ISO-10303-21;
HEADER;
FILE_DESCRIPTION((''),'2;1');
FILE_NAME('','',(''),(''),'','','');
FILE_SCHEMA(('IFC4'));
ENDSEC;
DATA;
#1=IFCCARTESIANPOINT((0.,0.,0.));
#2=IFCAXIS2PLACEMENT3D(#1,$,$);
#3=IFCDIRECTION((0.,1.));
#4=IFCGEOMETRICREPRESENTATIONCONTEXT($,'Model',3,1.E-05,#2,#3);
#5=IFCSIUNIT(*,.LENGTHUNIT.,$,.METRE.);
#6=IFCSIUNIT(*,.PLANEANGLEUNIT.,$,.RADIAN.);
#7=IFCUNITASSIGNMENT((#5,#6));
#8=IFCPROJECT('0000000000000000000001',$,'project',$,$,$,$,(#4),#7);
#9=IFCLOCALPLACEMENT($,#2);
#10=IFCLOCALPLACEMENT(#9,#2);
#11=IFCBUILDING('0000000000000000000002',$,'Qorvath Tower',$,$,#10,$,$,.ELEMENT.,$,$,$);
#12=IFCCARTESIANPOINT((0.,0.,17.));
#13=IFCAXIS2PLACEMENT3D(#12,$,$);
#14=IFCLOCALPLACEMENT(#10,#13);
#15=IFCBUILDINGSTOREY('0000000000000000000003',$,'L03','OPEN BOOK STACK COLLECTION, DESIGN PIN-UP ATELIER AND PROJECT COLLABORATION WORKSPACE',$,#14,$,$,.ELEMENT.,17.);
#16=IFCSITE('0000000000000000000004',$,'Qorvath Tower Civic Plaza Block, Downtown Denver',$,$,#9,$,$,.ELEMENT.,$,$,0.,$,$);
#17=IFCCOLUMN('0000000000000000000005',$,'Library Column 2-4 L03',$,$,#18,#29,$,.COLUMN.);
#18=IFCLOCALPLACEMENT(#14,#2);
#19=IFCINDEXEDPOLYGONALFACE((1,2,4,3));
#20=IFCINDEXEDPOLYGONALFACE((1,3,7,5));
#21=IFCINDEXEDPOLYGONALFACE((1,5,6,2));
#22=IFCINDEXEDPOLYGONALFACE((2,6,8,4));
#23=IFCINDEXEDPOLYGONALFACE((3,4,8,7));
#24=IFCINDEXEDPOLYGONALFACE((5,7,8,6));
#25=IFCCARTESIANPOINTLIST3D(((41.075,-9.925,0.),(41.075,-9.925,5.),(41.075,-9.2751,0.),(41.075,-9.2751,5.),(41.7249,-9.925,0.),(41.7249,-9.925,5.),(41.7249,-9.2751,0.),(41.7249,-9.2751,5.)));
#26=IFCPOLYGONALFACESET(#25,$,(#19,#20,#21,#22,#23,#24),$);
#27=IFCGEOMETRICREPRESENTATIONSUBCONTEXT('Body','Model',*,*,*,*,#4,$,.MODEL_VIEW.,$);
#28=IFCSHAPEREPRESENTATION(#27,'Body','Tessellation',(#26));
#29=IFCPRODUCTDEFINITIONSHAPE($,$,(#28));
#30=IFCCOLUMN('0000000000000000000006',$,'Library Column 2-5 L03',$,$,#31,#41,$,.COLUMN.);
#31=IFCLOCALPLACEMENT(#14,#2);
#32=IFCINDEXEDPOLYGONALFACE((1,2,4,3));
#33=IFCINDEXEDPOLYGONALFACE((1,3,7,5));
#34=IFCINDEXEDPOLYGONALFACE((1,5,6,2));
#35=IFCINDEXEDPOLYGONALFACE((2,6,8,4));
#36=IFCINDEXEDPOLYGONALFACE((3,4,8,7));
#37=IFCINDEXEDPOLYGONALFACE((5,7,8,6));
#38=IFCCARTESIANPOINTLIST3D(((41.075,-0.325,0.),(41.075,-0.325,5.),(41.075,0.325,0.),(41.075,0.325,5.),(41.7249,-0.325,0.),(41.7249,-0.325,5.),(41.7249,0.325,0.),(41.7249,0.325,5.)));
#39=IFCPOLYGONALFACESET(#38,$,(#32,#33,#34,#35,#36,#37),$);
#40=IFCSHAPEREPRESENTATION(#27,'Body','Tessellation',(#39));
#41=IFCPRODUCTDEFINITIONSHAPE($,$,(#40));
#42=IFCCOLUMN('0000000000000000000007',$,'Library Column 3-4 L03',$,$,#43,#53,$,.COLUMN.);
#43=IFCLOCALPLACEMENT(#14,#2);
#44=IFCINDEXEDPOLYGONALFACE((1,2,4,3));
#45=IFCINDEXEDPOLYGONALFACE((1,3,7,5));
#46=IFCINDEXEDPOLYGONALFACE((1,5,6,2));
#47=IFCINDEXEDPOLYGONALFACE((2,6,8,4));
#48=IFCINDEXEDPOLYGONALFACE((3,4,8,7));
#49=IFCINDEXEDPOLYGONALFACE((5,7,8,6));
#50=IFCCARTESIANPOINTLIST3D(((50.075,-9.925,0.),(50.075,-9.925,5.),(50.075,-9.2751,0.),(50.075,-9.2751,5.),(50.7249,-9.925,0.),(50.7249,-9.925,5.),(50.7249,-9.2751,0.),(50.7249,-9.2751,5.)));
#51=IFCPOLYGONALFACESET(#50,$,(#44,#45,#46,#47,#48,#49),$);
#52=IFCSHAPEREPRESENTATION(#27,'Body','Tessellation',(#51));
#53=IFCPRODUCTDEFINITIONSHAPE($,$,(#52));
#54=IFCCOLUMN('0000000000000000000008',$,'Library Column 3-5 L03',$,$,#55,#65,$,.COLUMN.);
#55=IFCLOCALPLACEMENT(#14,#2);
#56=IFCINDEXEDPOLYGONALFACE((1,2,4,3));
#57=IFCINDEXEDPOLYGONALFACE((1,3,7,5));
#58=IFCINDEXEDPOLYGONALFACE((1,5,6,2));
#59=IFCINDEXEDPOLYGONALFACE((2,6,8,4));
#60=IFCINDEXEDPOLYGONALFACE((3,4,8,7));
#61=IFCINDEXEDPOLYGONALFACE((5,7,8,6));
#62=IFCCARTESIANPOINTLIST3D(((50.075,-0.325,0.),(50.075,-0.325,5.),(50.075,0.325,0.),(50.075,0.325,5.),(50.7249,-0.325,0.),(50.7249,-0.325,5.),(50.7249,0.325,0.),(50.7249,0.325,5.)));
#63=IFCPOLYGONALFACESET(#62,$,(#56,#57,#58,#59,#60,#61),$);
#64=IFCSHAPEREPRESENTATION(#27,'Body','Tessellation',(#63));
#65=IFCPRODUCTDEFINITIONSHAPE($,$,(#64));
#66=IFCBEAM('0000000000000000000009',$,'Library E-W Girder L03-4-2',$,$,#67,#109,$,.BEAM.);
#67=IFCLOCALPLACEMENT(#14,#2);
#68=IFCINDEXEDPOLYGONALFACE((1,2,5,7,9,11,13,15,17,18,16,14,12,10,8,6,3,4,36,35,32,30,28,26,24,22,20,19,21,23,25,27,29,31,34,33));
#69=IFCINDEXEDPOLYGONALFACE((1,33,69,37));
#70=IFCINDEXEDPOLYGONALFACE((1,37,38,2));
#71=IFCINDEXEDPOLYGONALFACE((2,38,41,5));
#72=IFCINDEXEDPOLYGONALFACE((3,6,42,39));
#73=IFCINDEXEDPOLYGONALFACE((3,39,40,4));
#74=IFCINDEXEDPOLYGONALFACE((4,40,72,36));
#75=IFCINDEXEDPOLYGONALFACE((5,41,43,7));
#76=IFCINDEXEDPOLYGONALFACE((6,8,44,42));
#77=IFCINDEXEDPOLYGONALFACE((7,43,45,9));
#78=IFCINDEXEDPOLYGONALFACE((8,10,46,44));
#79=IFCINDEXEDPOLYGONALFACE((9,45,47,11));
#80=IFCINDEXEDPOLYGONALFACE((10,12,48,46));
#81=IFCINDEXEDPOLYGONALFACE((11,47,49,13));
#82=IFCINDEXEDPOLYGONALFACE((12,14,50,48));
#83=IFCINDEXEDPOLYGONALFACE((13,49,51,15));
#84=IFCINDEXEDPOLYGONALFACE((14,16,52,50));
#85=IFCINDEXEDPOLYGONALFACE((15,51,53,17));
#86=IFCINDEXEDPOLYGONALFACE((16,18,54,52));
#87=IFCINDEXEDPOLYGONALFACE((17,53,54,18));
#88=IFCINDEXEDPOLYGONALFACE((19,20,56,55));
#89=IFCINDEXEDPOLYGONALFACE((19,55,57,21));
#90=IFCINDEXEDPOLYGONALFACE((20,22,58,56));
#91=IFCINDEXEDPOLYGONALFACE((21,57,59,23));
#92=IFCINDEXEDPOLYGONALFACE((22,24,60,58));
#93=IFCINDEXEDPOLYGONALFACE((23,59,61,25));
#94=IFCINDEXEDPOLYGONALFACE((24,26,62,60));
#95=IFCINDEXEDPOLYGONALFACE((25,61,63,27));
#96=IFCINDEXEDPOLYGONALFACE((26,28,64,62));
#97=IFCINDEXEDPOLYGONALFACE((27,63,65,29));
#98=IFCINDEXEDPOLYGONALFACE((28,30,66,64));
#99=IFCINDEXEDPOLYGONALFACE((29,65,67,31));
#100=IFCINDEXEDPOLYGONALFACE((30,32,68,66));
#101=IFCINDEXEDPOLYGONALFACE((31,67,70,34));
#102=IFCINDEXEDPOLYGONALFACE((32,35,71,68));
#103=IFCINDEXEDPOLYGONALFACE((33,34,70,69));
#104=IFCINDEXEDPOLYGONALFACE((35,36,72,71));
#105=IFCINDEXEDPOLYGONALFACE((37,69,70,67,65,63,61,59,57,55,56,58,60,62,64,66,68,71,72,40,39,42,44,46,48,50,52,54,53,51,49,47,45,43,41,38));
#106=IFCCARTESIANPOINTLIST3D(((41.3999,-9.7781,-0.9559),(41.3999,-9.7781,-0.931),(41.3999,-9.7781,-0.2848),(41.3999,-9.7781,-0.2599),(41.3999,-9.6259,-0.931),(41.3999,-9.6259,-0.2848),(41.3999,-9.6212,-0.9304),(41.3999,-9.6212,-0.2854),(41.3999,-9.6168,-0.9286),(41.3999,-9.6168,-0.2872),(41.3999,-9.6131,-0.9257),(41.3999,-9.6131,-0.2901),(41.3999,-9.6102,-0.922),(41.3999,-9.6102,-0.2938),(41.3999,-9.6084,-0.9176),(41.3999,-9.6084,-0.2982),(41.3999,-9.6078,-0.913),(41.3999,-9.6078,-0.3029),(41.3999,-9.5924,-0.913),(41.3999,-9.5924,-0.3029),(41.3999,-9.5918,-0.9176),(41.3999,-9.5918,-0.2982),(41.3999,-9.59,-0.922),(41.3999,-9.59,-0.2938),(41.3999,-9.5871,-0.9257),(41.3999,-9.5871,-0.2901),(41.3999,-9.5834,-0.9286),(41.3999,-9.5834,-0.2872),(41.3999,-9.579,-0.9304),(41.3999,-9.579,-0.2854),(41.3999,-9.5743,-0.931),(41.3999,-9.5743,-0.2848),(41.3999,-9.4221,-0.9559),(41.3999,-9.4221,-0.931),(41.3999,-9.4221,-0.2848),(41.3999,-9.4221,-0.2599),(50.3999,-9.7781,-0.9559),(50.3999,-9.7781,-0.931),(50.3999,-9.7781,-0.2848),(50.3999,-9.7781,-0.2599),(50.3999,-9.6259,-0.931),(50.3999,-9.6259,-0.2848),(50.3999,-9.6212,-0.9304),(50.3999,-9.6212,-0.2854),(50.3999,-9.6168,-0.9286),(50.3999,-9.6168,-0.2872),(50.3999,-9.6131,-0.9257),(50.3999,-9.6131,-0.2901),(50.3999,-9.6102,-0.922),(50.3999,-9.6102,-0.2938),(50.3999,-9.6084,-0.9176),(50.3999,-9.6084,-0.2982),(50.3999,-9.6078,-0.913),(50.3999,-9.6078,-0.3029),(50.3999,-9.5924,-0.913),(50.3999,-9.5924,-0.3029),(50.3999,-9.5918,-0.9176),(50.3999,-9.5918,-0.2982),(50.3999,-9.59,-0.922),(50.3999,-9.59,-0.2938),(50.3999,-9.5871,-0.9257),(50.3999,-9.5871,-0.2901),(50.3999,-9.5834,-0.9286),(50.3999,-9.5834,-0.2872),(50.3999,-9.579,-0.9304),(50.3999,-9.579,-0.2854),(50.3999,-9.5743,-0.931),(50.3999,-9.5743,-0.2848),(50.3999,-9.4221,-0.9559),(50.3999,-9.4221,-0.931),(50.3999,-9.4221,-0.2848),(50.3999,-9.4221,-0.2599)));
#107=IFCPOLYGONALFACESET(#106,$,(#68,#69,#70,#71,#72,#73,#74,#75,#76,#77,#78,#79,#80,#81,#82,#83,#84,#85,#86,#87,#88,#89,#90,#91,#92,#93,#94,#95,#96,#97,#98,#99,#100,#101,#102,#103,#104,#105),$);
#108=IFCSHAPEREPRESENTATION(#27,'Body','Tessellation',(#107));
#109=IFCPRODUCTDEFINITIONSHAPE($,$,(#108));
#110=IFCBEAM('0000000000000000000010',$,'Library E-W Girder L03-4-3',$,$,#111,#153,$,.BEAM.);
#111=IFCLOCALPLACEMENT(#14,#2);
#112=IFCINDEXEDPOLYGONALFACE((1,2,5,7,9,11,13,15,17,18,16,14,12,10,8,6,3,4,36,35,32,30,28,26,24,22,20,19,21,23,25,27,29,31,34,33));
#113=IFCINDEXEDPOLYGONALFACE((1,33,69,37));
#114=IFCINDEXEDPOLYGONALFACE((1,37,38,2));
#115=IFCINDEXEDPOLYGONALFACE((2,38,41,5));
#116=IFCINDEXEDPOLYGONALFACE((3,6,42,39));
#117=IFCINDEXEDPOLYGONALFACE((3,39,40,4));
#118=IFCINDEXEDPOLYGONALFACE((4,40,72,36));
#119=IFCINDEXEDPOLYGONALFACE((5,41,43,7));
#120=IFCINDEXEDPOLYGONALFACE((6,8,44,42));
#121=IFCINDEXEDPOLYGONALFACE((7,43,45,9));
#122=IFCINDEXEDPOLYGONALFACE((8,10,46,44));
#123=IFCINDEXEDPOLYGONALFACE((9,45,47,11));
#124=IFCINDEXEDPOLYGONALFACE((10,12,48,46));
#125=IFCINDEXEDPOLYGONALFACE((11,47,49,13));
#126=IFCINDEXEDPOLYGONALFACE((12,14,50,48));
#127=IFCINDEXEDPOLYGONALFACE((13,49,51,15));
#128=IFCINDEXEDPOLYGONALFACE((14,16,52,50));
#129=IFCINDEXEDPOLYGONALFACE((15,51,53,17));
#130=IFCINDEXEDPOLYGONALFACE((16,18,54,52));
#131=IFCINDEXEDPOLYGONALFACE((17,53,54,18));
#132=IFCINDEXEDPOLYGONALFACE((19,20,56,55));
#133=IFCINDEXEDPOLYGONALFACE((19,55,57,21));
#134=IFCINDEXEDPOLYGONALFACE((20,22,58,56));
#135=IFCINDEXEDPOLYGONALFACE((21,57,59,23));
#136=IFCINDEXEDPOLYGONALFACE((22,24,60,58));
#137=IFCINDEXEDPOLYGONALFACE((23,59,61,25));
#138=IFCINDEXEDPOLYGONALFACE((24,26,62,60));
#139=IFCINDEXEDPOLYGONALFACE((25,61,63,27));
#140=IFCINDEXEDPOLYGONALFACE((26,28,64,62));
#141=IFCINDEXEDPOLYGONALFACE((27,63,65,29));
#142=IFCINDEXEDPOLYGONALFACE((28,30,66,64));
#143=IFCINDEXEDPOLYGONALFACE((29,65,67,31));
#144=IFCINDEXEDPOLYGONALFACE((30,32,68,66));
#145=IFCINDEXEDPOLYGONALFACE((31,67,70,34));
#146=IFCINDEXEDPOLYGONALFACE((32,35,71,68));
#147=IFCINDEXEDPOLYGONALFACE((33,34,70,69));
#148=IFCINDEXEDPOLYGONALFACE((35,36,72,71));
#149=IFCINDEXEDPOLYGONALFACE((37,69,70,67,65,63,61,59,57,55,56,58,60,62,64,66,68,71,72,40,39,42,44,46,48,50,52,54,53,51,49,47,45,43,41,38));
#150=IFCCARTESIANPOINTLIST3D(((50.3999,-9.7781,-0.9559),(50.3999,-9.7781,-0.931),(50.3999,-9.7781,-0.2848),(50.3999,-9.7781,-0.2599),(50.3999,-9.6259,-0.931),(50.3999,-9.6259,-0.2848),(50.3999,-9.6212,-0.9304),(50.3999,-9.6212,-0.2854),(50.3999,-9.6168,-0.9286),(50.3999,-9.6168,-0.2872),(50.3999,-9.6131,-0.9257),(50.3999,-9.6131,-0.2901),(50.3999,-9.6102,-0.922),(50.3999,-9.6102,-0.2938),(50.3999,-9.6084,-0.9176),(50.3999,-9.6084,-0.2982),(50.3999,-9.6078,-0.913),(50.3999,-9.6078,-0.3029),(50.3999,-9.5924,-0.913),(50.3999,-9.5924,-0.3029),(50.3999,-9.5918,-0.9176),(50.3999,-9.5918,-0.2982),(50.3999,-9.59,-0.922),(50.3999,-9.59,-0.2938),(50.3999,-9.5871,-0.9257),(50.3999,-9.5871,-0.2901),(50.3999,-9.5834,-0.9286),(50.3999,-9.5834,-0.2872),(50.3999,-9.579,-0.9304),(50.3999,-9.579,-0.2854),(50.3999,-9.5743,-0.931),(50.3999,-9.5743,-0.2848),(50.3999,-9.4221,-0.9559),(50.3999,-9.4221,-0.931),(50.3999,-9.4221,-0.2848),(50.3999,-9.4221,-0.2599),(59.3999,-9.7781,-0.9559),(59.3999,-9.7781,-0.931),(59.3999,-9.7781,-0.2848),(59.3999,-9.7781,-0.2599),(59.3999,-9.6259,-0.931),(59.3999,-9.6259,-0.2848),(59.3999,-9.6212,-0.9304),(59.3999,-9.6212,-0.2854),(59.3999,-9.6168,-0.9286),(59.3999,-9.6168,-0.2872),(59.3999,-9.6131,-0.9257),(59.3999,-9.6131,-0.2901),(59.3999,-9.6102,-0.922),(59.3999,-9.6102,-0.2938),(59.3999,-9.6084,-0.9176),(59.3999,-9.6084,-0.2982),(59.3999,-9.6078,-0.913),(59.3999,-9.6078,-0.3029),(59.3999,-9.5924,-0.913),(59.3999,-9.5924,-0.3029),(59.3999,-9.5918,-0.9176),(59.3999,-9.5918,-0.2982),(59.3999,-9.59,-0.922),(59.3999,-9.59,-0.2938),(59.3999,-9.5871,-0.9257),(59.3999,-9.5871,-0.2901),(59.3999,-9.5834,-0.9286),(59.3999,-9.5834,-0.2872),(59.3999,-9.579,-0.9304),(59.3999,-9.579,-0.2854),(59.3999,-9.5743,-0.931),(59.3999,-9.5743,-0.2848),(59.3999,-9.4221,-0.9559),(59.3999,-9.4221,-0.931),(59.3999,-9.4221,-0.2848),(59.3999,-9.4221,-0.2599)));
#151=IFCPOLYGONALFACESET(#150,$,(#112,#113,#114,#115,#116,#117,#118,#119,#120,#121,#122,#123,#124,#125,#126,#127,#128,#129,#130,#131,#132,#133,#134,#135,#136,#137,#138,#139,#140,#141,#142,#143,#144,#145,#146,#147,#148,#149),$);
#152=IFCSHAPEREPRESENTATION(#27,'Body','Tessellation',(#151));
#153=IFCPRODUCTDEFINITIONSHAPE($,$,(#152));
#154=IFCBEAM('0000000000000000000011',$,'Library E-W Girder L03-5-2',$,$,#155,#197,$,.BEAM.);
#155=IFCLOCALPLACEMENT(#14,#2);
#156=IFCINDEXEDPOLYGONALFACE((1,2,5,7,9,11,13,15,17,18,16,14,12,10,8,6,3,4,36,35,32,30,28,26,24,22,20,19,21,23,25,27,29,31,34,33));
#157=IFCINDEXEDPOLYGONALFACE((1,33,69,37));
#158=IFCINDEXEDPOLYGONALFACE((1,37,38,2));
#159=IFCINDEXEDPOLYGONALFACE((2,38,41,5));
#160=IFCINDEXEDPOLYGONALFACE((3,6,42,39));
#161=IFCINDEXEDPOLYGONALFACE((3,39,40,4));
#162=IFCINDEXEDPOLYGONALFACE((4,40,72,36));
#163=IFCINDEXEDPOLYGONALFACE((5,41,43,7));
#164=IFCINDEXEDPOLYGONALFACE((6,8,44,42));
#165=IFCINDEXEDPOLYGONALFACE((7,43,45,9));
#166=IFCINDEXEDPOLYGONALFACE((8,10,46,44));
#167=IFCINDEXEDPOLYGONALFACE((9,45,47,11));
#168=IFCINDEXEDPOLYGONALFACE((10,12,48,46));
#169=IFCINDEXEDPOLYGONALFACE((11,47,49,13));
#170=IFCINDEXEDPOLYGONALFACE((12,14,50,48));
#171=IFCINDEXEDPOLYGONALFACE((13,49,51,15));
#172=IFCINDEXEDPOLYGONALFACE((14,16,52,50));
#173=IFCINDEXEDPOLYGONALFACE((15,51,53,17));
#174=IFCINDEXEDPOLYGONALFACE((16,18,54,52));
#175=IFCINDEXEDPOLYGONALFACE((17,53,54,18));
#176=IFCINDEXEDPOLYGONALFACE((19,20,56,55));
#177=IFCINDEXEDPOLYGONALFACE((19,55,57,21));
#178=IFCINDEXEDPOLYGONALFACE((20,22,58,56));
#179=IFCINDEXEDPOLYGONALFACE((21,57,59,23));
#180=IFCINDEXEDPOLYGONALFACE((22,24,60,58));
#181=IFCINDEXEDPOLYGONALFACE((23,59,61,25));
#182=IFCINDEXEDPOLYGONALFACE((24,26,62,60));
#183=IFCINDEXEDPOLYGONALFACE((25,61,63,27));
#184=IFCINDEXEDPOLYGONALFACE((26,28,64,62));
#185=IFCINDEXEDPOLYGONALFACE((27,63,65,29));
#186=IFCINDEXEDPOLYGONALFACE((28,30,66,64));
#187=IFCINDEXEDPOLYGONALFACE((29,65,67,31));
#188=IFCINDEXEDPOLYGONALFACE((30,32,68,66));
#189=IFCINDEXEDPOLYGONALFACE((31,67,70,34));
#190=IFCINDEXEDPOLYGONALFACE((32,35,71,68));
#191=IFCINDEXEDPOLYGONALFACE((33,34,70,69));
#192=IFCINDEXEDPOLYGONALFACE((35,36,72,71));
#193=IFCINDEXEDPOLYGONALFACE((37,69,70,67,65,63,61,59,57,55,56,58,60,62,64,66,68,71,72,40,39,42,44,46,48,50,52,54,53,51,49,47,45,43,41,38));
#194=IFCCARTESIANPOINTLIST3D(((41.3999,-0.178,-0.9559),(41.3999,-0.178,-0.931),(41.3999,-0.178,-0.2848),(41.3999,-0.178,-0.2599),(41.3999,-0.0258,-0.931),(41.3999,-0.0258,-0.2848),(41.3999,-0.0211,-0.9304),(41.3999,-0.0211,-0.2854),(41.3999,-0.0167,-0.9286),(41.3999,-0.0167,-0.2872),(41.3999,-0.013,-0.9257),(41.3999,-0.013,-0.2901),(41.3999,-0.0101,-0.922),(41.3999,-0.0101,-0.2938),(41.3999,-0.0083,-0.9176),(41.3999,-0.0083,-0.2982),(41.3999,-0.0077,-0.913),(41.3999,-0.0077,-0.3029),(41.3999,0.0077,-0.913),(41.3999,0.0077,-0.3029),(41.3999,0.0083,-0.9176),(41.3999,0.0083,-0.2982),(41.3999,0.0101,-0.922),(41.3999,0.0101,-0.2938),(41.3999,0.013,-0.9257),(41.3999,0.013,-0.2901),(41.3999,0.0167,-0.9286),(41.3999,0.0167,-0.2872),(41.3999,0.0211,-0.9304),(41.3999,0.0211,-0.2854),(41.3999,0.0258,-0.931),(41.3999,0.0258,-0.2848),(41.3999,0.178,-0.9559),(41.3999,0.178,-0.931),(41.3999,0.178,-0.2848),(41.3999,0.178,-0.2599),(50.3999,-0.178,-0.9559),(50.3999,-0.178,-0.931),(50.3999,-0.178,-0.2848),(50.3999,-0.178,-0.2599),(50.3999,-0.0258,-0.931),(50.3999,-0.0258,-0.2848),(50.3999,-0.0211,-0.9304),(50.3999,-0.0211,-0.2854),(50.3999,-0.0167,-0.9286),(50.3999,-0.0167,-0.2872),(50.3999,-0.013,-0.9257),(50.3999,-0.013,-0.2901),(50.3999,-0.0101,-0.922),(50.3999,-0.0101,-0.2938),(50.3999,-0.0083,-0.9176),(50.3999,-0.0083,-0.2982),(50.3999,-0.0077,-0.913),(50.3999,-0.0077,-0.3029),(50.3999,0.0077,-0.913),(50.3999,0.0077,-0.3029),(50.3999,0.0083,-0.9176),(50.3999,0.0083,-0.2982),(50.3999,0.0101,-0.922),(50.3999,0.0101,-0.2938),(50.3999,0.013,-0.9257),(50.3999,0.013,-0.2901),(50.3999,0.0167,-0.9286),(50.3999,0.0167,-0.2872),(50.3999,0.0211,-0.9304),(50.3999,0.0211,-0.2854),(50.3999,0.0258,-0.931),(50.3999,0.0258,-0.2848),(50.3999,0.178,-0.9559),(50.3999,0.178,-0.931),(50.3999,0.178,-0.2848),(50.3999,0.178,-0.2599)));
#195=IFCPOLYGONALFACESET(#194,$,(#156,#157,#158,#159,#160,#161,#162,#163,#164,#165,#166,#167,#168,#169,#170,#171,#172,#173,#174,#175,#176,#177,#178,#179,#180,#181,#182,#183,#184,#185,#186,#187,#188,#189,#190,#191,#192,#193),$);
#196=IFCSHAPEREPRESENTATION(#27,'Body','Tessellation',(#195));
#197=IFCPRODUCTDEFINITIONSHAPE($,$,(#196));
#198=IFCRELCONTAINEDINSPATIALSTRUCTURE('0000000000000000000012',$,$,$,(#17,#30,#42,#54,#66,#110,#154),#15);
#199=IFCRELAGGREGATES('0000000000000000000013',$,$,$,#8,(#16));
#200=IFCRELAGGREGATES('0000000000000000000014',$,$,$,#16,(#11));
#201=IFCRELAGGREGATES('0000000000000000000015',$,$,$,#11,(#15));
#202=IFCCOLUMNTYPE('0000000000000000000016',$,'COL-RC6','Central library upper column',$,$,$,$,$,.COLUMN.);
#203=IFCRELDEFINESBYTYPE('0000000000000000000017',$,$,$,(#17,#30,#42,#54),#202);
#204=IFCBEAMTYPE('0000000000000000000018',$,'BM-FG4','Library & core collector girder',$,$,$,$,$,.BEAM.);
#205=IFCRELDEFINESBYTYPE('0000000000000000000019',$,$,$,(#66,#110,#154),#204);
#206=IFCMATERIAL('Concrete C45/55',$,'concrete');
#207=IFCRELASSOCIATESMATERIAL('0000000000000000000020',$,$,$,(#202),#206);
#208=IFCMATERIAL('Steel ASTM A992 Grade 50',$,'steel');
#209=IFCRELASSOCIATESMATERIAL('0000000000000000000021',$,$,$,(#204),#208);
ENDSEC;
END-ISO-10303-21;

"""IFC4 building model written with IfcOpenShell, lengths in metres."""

from ifc_helpers import new_model, si_unit, direction, frame, origin, origin_2d, place, context, subcontext, project, spatial, rectangle, i_section, extrude, material, material_profile, profile_set, type_object, element, save


model = new_model("IFC4")

# Units and contexts
model_context = context("Model", 3, precision=1e-05, world=origin(), true_north=direction((0.0, 1.0)))
body_context = subcontext(model_context, "Body", "Model", "MODEL_VIEW")
ifc_project = project(units=[si_unit("LENGTHUNIT", "METRE"), si_unit("PLANEANGLEUNIT", "RADIAN")], contexts=[model_context])

# Site, building, storey
site_placement = place(None, origin())
site = spatial("IfcSite", under=ifc_project, at=site_placement, Name="Qorvath Tower Civic Plaza Block, Downtown Denver", CompositionType="ELEMENT", RefElevation=0.0)
building_placement = place(site_placement, origin())
building = spatial("IfcBuilding", under=site, at=building_placement, Name="Qorvath Tower", CompositionType="ELEMENT")
storey_placement = place(building_placement, frame((0.0, 0.0, 17.0)))
storey = spatial("IfcBuildingStorey", under=building, at=storey_placement, Name="L03", Description="OPEN BOOK STACK COLLECTION, DESIGN PIN-UP ATELIER AND PROJECT COLLABORATION WORKSPACE", CompositionType="ELEMENT", Elevation=17.0)

# Columns
ifc_material_1 = material(Name="Concrete C45/55", Category="concrete")
ifc_material_profile_1 = material_profile(ifc_material_1, rectangle(XDim=0.6499, YDim=0.6499, at=origin_2d()), Name="RC 650x650")
ifc_profile_set_1 = profile_set([ifc_material_profile_1], Name="Concrete C45/55")
column_type = type_object("IfcColumnType", Name="COL-RC6", Description="Central library upper column", PredefinedType="COLUMN", material=ifc_profile_set_1)
for number, where, z_axis, x_axis, name in (
    (1, (41.3999, -9.6001, 0.0), (0.0, 0.0, 1.0), (1.0, 0.0, 0.0), "Library Column 2-4 L03"),
    (2, (41.3999, 0.0, 0.0), (0.0, 0.0, 1.0), (1.0, 0.0, 0.0), "Library Column 2-5 L03"),
    (3, (50.3999, -9.6001, 0.0), (0.0, 0.0, 1.0), (1.0, 0.0, 0.0), "Library Column 3-4 L03"),
    (4, (50.3999, 0.0, 0.0), (0.0, 0.0, 1.0), (1.0, 0.0, 0.0), "Library Column 3-5 L03"),
):
    element("IfcColumn", number, at=place(storey_placement, frame(where, z_axis=z_axis, x_axis=x_axis)), inside=storey, type_object=column_type, Name=name, PredefinedType="COLUMN", context=body_context, shape_type="SweptSolid", body=[
        extrude(rectangle(XDim=0.6499, YDim=0.6499, at=origin_2d()), origin(), (0.0, 0.0, 1.0), 5.0),
    ])

# Beams
ifc_material_2 = material(Name="Steel ASTM A992 Grade 50", Category="steel")
ifc_material_profile_2 = material_profile(ifc_material_2, i_section(OverallWidth=0.356, OverallDepth=0.696, WebThickness=0.0154, FlangeThickness=0.0249, FilletRadius=0.0181, at=origin_2d()), Name="W27x146")
ifc_profile_set_2 = profile_set([ifc_material_profile_2], Name="Steel ASTM A992 Grade 50")
beam_type_1 = type_object("IfcBeamType", Name="BM-FG4", Description="Library & core collector girder", PredefinedType="BEAM", material=ifc_profile_set_2)
for number, where, z_axis, x_axis, name in (
    (5, (41.3999, -9.6001, -0.6079), (1.0, 0.0, 0.0), (0.0, 1.0, 0.0), "Library E-W Girder L03-4-2"),
    (6, (50.3999, -9.6001, -0.6079), (1.0, 0.0, 0.0), (0.0, 1.0, 0.0), "Library E-W Girder L03-4-3"),
    (7, (41.3999, 0.0, -0.6079), (1.0, 0.0, 0.0), (0.0, 1.0, 0.0), "Library E-W Girder L03-5-2"),
):
    element("IfcBeam", number, at=place(storey_placement, frame(where, z_axis=z_axis, x_axis=x_axis)), inside=storey, type_object=beam_type_1, Name=name, PredefinedType="BEAM", context=body_context, shape_type="SweptSolid", body=[
        extrude(i_section(OverallWidth=0.356, OverallDepth=0.696, WebThickness=0.0154, FlangeThickness=0.0249, FilletRadius=0.0181, at=origin_2d()), origin(), (0.0, 0.0, 1.0), 9.0),
    ])

save(model, "model.ifc")
